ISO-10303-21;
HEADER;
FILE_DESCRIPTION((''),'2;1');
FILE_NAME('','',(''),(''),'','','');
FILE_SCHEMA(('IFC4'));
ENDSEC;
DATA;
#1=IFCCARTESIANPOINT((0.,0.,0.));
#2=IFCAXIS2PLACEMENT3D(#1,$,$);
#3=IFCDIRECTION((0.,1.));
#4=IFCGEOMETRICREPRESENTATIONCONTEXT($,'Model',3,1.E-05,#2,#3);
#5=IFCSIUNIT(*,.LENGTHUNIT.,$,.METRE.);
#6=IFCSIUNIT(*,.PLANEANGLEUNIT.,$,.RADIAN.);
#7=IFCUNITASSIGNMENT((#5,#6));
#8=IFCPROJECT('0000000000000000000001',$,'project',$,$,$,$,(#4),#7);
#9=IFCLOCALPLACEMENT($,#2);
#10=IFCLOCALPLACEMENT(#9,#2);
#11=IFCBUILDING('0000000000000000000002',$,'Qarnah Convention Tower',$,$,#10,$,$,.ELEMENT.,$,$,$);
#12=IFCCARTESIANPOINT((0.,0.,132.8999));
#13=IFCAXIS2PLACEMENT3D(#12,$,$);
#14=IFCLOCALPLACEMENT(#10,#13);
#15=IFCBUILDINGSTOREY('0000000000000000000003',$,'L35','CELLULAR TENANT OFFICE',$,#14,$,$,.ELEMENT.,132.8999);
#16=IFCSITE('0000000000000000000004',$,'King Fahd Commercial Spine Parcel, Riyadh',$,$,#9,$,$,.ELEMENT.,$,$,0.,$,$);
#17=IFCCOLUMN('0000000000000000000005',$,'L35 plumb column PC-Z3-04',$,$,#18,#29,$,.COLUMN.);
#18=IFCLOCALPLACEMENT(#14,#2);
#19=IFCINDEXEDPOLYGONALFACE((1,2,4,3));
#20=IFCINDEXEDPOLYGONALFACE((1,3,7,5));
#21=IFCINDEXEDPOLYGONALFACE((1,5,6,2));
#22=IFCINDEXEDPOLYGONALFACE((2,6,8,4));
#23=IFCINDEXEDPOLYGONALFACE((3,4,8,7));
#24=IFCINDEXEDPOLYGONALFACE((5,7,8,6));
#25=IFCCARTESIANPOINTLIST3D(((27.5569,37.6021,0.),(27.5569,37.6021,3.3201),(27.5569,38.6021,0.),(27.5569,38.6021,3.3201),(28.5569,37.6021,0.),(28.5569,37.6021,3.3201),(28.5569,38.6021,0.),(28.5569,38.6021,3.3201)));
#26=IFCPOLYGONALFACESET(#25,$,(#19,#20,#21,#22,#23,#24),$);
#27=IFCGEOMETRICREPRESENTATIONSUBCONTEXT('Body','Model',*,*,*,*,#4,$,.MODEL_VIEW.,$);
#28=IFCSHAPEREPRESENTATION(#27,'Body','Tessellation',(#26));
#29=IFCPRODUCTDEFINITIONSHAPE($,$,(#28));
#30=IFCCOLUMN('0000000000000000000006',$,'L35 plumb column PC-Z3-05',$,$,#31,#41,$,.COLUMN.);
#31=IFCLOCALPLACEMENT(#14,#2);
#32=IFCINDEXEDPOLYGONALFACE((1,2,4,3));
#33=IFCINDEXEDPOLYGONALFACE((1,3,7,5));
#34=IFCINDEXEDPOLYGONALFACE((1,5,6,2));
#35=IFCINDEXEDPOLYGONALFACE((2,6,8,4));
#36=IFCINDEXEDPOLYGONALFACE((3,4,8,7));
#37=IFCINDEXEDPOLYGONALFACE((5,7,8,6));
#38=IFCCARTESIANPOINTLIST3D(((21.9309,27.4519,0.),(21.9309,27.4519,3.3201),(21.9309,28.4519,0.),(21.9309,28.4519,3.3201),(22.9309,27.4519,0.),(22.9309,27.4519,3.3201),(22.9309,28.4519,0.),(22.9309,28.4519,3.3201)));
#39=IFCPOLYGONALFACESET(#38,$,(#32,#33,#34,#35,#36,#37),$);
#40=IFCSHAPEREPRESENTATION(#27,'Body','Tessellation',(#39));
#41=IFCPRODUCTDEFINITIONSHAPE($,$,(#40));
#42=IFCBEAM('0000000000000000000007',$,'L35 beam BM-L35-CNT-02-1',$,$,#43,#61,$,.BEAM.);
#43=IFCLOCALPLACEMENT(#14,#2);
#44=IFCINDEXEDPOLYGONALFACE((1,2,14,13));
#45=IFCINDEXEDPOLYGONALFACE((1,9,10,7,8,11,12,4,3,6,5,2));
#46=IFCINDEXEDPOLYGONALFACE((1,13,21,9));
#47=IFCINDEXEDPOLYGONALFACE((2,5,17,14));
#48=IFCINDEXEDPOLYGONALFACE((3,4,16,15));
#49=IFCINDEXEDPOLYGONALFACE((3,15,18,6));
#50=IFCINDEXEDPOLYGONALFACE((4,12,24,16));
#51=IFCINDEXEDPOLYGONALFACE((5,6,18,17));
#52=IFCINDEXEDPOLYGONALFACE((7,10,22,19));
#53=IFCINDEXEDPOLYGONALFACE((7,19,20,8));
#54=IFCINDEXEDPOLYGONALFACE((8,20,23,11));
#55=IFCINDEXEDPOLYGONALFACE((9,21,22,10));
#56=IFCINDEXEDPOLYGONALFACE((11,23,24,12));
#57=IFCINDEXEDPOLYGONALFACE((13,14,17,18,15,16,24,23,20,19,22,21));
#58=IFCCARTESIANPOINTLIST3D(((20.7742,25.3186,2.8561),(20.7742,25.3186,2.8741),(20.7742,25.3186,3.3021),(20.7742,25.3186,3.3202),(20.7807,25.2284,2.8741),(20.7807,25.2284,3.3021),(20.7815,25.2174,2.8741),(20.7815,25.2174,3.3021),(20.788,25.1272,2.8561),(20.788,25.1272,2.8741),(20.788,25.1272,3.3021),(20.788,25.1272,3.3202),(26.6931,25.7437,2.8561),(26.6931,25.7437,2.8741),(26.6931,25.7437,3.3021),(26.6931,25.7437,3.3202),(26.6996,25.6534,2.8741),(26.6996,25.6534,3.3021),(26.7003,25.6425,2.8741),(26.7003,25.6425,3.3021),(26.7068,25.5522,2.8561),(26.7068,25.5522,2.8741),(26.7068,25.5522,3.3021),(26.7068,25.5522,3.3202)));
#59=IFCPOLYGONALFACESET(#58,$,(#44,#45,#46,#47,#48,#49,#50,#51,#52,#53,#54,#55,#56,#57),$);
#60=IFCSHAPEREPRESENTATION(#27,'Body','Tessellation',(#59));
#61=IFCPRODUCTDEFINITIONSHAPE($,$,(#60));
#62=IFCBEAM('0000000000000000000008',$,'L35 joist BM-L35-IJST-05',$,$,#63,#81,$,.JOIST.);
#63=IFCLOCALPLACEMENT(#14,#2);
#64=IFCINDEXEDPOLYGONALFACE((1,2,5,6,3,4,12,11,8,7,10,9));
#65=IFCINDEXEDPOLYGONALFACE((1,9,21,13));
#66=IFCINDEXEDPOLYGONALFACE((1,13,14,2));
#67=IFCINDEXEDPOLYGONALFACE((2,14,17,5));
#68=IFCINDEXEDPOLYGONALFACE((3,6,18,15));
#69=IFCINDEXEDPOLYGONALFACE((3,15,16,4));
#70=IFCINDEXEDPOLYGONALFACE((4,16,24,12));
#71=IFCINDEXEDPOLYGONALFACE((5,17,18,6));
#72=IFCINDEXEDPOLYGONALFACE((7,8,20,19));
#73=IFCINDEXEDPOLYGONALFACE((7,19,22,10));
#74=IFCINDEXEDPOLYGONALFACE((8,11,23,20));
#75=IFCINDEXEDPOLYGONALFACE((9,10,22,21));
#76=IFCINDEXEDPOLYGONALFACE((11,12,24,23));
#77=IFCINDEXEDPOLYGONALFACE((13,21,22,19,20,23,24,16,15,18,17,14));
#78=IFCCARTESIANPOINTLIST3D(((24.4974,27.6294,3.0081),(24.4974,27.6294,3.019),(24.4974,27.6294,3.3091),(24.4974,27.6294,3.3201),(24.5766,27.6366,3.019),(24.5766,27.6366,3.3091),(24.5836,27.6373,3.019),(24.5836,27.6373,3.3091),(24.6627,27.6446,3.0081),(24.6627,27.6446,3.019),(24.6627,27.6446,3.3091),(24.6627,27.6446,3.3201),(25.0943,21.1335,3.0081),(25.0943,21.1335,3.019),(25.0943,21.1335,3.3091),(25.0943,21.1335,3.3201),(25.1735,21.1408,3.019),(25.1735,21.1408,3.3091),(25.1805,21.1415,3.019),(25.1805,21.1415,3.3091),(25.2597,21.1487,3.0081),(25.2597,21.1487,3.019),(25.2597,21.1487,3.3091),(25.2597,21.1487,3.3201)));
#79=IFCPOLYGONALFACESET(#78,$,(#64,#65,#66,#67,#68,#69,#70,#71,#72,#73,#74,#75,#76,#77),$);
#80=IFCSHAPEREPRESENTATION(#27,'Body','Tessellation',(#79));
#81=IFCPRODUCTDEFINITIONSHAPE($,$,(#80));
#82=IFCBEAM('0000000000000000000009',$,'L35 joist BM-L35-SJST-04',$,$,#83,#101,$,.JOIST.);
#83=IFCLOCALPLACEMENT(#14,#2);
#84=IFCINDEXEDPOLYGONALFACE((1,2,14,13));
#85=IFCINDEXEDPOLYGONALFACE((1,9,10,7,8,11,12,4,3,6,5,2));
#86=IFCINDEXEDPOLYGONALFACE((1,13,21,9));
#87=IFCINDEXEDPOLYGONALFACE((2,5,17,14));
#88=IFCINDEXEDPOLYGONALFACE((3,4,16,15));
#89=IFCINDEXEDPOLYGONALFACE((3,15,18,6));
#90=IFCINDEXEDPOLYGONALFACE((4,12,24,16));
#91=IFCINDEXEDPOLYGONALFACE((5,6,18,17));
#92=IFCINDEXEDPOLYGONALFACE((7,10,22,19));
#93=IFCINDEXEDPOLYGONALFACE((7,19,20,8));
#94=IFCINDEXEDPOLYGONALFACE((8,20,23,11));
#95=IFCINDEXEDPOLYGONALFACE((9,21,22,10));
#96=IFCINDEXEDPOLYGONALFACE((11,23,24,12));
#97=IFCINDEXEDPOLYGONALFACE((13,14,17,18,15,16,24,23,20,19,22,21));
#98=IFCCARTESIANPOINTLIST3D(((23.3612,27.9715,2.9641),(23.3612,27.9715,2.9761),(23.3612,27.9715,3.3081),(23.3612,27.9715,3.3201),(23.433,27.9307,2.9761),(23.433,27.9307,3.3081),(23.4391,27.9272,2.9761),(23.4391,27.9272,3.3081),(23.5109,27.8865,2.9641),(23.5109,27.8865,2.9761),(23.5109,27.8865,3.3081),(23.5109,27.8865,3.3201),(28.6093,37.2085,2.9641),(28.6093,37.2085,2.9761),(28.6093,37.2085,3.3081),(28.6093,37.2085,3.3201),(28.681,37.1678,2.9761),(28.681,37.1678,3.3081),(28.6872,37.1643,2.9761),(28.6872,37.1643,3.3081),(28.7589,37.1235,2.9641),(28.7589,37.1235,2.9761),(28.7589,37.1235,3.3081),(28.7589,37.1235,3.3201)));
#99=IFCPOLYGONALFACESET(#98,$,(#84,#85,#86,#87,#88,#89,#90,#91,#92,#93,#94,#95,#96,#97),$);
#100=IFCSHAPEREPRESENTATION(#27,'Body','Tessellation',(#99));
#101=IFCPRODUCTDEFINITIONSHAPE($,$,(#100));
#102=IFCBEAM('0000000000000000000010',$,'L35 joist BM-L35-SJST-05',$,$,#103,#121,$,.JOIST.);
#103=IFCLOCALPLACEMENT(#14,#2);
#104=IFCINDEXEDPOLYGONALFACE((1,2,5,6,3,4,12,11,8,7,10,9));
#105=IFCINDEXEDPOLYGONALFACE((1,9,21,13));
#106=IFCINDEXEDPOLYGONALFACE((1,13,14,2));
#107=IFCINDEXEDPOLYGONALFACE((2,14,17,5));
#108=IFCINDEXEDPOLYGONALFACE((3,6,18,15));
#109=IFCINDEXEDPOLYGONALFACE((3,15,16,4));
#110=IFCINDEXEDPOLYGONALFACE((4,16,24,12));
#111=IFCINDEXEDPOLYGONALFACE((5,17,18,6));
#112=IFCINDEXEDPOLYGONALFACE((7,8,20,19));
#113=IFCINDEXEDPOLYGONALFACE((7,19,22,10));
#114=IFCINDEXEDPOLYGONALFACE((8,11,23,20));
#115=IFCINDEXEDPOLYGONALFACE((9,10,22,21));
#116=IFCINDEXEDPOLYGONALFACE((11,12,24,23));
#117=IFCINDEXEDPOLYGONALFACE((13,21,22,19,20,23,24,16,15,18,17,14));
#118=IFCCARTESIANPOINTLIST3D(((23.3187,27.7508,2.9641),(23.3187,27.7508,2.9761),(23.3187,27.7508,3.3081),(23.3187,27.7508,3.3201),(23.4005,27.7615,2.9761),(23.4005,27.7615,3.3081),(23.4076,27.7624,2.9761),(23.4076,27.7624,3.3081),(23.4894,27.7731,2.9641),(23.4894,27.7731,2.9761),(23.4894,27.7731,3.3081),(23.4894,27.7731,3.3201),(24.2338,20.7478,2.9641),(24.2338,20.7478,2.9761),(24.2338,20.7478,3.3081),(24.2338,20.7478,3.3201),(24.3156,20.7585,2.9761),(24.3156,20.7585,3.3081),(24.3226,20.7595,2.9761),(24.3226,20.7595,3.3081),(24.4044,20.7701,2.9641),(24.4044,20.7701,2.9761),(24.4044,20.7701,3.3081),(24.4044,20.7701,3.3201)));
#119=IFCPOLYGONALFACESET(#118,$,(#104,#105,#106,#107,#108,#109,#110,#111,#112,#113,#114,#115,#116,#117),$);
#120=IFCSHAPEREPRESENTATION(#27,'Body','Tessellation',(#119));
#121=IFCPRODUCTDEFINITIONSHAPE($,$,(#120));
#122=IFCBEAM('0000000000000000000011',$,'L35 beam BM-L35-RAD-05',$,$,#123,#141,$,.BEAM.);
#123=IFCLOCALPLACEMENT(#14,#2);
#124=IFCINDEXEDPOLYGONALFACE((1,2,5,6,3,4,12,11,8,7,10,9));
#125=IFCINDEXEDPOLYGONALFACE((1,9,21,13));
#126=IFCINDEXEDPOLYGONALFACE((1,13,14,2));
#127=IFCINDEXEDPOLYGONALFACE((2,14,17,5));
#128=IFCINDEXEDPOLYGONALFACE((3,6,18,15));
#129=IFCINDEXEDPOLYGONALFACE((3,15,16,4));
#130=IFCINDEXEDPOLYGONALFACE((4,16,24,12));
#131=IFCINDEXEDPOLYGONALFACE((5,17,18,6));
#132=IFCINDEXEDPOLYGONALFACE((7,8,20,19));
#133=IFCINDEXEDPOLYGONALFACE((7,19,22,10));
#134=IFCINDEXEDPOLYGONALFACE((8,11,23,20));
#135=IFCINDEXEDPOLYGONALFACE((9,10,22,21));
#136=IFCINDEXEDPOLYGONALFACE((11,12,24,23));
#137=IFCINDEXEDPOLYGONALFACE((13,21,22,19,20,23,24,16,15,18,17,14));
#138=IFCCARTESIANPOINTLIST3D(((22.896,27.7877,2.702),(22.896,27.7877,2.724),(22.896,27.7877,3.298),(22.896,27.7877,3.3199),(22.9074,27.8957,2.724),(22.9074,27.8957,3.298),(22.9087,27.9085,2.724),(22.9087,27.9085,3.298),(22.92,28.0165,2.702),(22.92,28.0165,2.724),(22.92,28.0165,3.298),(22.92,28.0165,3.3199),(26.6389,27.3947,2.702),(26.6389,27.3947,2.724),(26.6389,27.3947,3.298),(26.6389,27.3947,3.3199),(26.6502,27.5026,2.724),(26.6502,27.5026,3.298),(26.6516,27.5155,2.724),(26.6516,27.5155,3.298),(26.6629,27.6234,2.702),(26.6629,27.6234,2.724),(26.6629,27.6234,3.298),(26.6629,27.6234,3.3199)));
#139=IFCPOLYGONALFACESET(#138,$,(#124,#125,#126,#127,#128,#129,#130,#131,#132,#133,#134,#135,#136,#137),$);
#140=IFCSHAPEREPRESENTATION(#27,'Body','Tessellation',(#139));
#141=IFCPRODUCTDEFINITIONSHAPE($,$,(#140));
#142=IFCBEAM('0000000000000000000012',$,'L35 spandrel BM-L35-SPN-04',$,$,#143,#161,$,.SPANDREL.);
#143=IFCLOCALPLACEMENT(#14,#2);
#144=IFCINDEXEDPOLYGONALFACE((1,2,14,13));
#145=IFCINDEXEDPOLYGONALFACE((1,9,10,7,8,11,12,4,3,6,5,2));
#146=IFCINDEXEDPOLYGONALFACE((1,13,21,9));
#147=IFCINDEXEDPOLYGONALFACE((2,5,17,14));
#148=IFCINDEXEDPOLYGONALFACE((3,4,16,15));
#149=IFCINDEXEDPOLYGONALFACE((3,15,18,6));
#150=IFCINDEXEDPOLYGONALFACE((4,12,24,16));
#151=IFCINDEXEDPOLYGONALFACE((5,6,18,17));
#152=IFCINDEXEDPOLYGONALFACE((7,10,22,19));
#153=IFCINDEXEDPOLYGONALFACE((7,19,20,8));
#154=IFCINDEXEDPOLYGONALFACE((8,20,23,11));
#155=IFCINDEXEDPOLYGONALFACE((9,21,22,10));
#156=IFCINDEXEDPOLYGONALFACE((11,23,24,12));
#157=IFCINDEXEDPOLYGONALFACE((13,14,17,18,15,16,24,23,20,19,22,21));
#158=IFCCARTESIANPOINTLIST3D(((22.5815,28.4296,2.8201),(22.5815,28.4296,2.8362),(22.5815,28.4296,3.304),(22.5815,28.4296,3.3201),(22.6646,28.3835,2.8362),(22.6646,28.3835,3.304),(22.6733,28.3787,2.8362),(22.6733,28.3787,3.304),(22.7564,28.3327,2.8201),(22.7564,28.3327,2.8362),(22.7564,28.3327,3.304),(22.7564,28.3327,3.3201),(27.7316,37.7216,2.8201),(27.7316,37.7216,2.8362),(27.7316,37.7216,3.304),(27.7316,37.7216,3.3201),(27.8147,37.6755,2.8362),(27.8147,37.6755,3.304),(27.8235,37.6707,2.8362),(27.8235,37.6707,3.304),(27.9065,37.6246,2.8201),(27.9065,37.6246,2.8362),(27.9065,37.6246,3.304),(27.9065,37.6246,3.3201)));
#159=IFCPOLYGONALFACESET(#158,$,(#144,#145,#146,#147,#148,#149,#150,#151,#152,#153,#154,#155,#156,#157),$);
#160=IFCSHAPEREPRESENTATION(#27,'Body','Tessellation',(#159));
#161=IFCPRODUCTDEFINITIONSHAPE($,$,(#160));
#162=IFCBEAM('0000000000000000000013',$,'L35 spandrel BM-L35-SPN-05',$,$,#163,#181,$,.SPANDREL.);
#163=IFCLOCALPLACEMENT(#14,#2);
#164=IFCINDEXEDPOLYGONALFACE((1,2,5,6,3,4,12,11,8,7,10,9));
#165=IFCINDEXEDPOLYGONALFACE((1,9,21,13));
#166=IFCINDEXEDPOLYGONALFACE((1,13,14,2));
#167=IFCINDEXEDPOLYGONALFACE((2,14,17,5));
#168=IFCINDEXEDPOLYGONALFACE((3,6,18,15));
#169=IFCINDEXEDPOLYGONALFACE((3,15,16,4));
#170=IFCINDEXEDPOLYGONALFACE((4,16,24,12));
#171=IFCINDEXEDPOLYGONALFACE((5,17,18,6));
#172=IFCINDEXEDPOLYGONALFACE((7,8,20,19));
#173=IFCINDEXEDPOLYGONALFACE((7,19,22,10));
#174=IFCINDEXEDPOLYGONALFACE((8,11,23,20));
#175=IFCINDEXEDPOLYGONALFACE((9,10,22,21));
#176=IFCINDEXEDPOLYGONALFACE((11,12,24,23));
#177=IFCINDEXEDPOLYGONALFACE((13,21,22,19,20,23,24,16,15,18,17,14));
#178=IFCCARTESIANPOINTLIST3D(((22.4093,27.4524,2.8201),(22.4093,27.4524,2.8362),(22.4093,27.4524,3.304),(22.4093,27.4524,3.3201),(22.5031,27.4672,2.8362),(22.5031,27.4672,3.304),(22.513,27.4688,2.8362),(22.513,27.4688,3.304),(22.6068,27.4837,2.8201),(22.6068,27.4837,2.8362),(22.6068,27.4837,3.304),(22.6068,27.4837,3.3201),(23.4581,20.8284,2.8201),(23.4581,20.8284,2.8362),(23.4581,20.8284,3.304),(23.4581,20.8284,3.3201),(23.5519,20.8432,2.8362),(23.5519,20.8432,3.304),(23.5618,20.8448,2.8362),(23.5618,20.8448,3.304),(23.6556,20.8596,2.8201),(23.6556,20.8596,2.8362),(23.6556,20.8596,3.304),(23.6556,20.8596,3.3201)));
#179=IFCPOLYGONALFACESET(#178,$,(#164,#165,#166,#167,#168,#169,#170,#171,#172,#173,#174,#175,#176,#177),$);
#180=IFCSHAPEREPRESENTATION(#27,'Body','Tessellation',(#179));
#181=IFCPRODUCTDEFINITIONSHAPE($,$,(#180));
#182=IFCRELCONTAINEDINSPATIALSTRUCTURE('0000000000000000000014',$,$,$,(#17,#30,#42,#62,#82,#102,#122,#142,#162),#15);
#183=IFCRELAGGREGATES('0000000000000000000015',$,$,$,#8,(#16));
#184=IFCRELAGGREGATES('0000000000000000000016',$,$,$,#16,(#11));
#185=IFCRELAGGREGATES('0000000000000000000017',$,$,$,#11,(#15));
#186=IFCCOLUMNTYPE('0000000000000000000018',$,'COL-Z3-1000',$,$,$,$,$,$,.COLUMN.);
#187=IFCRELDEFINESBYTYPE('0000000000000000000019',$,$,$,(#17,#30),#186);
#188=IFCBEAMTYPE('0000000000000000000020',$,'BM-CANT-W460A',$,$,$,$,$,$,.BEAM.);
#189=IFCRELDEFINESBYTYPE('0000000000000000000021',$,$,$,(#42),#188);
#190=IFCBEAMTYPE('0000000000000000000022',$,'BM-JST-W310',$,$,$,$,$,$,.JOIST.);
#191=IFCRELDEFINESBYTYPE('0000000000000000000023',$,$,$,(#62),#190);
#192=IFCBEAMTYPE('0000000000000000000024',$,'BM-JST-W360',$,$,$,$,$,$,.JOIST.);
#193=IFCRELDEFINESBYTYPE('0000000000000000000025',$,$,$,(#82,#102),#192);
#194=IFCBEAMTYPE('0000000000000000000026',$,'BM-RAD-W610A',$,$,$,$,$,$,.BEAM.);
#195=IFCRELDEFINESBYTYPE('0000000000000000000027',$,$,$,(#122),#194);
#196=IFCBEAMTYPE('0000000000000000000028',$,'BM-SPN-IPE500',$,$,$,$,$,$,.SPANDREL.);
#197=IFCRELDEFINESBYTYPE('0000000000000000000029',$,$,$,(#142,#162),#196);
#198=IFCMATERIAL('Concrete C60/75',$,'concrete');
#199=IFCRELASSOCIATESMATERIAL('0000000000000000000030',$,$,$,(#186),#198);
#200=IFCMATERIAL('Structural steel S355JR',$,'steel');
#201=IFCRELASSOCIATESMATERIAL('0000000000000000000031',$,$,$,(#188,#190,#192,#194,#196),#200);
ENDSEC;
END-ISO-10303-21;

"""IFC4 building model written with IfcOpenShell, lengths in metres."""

from ifc_helpers import new_model, si_unit, direction, frame, origin, origin_2d, place, context, subcontext, project, spatial, rectangle, i_section, extrude, material, material_profile, profile_set, type_object, element, save


model = new_model("IFC4")

# Units and contexts
model_context = context("Model", 3, precision=1e-05, world=origin(), true_north=direction((0.0, 1.0)))
body_context = subcontext(model_context, "Body", "Model", "MODEL_VIEW")
ifc_project = project(units=[si_unit("LENGTHUNIT", "METRE"), si_unit("PLANEANGLEUNIT", "RADIAN")], contexts=[model_context])

# Site, building, storey
site_placement = place(None, origin())
site = spatial("IfcSite", under=ifc_project, at=site_placement, Name="King Fahd Commercial Spine Parcel, Riyadh", CompositionType="ELEMENT", RefElevation=0.0)
building_placement = place(site_placement, origin())
building = spatial("IfcBuilding", under=site, at=building_placement, Name="Qarnah Convention Tower", CompositionType="ELEMENT")
storey_placement = place(building_placement, frame((0.0, 0.0, 132.8999)))
storey = spatial("IfcBuildingStorey", under=building, at=storey_placement, Name="L35", Description="CELLULAR TENANT OFFICE", CompositionType="ELEMENT", Elevation=132.8999)

# Columns
ifc_material_1 = material(Name="Concrete C60/75", Category="concrete")
ifc_material_profile_1 = material_profile(ifc_material_1, rectangle(XDim=1.0, YDim=1.0, at=origin_2d()), Name="RC-COL-1000X1000")
ifc_profile_set_1 = profile_set([ifc_material_profile_1], Name="Concrete C60/75")
column_type = type_object("IfcColumnType", Name="COL-Z3-1000", PredefinedType="COLUMN", material=ifc_profile_set_1)
for number, where, z_axis, x_axis, name in (
    (1, (28.0569, 38.1021, 0.0), (0.0, 0.0, 1.0), (1.0, 0.0, 0.0), "L35 plumb column PC-Z3-04"),
    (2, (22.4309, 27.9519, 0.0), (0.0, 0.0, 1.0), (1.0, 0.0, 0.0), "L35 plumb column PC-Z3-05"),
):
    element("IfcColumn", number, at=place(storey_placement, frame(where, z_axis=z_axis, x_axis=x_axis)), inside=storey, type_object=column_type, Name=name, PredefinedType="COLUMN", context=body_context, shape_type="SweptSolid", body=[
        extrude(rectangle(XDim=1.0, YDim=1.0, at=origin_2d()), origin(), (0.0, 0.0, 1.0), 3.3201),
    ])

# Beams
ifc_material_2 = material(Name="Structural steel S355JR", Category="steel")
ifc_material_profile_2 = material_profile(ifc_material_2, i_section(OverallWidth=0.1919, OverallDepth=0.4641, WebThickness=0.011, FlangeThickness=0.0181, at=origin_2d()), Name="W460X89")
ifc_profile_set_2 = profile_set([ifc_material_profile_2], Name="Structural steel S355JR")
beam_type_1 = type_object("IfcBeamType", Name="BM-CANT-W460A", PredefinedType="BEAM", material=ifc_profile_set_2)
beam_1_placement = place(storey_placement, frame((26.7, 25.6479, 3.0881), z_axis=(-0.997431, -0.071627, 0.0), x_axis=(0.071627, -0.997431, 0.0)))
element("IfcBeam", 3, at=beam_1_placement, inside=storey, type_object=beam_type_1, Name="L35 beam BM-L35-CNT-02-1", PredefinedType="BEAM", context=body_context, shape_type="SweptSolid", body=[
    extrude(i_section(OverallWidth=0.1919, OverallDepth=0.4641, WebThickness=0.011, FlangeThickness=0.0181, at=origin_2d()), origin(), (0.0, 0.0, 1.0), 5.9341),
])
ifc_material_profile_3 = material_profile(ifc_material_2, i_section(OverallWidth=0.166, OverallDepth=0.312, WebThickness=0.0071, FlangeThickness=0.011, at=origin_2d()), Name="W310X45")
ifc_profile_set_3 = profile_set([ifc_material_profile_3], Name="Structural steel S355JR")
beam_type_2 = type_object("IfcBeamType", Name="BM-JST-W310", PredefinedType="JOIST", material=ifc_profile_set_3)
beam_2_placement = place(storey_placement, frame((24.5801, 27.637, 3.1641), z_axis=(0.091508, -0.995804, 0.0), x_axis=(0.995804, 0.091508, 0.0)))
element("IfcBeam", 4, at=beam_2_placement, inside=storey, type_object=beam_type_2, Name="L35 joist BM-L35-IJST-05", PredefinedType="JOIST", context=body_context, shape_type="SweptSolid", body=[
    extrude(i_section(OverallWidth=0.166, OverallDepth=0.312, WebThickness=0.0071, FlangeThickness=0.011, at=origin_2d()), origin(), (0.0, 0.0, 1.0), 6.5232),
])
ifc_material_profile_4 = material_profile(ifc_material_2, i_section(OverallWidth=0.1721, OverallDepth=0.356, WebThickness=0.0071, FlangeThickness=0.012, at=origin_2d()), Name="W360X51")
ifc_profile_set_4 = profile_set([ifc_material_profile_4], Name="Structural steel S355JR")
beam_type_3 = type_object("IfcBeamType", Name="BM-JST-W360", PredefinedType="JOIST", material=ifc_profile_set_4)
beam_3_placement = place(storey_placement, frame((28.6841, 37.166, 3.1421), z_axis=(-0.493989, -0.869468, 0.0), x_axis=(0.869468, -0.493989, 0.0)))
element("IfcBeam", 5, at=beam_3_placement, inside=storey, type_object=beam_type_3, Name="L35 joist BM-L35-SJST-04", PredefinedType="JOIST", context=body_context, shape_type="SweptSolid", body=[
    extrude(i_section(OverallWidth=0.1721, OverallDepth=0.356, WebThickness=0.0071, FlangeThickness=0.012, at=origin_2d()), origin(), (0.0, 0.0, 1.0), 10.6238),
])
beam_4_placement = place(storey_placement, frame((23.4041, 27.762, 3.1421), z_axis=(0.129564, -0.991571, 0.0), x_axis=(0.991571, 0.129564, 0.0)))
element("IfcBeam", 6, at=beam_4_placement, inside=storey, type_object=beam_type_3, Name="L35 joist BM-L35-SJST-05", PredefinedType="JOIST", context=body_context, shape_type="SweptSolid", body=[
    extrude(i_section(OverallWidth=0.1721, OverallDepth=0.356, WebThickness=0.0071, FlangeThickness=0.012, at=origin_2d()), origin(), (0.0, 0.0, 1.0), 7.0625),
])
ifc_material_profile_5 = material_profile(ifc_material_2, i_section(OverallWidth=0.23, OverallDepth=0.6179, WebThickness=0.0129, FlangeThickness=0.022, at=origin_2d()), Name="W610X140")
ifc_profile_set_5 = profile_set([ifc_material_profile_5], Name="Structural steel S355JR")
beam_type_4 = type_object("IfcBeamType", Name="BM-RAD-W610A", PredefinedType="BEAM", material=ifc_profile_set_5)
beam_5_placement = place(storey_placement, frame((26.6509, 27.509, 3.011), z_axis=(-0.994531, 0.104442, 0.0), x_axis=(-0.104442, -0.994531, 0.0)))
element("IfcBeam", 7, at=beam_5_placement, inside=storey, type_object=beam_type_4, Name="L35 beam BM-L35-RAD-05", PredefinedType="BEAM", context=body_context, shape_type="SweptSolid", body=[
    extrude(i_section(OverallWidth=0.23, OverallDepth=0.6179, WebThickness=0.0129, FlangeThickness=0.022, at=origin_2d()), origin(), (0.0, 0.0, 1.0), 3.7634),
])
ifc_material_profile_6 = material_profile(ifc_material_2, i_section(OverallWidth=0.2, OverallDepth=0.5, WebThickness=0.01, FlangeThickness=0.0161, at=origin_2d()), Name="IPE500")
ifc_profile_set_6 = profile_set([ifc_material_profile_6], Name="Structural steel S355JR")
beam_type_5 = type_object("IfcBeamType", Name="BM-SPN-IPE500", PredefinedType="SPANDREL", material=ifc_profile_set_6)
beam_6_placement = place(storey_placement, frame((27.8191, 37.6731, 3.0701), z_axis=(-0.484774, -0.874639, 0.0), x_axis=(0.874639, -0.484774, 0.0)))
element("IfcBeam", 8, at=beam_6_placement, inside=storey, type_object=beam_type_5, Name="L35 spandrel BM-L35-SPN-04", PredefinedType="SPANDREL", context=body_context, shape_type="SweptSolid", body=[
    extrude(i_section(OverallWidth=0.2, OverallDepth=0.5, WebThickness=0.01, FlangeThickness=0.0161, at=origin_2d()), origin(), (0.0, 0.0, 1.0), 10.6238),
])
beam_7_placement = place(storey_placement, frame((22.5081, 27.468, 3.0701), z_axis=(0.156389, -0.987696, 0.0), x_axis=(0.987696, 0.156389, 0.0)))
element("IfcBeam", 9, at=beam_7_placement, inside=storey, type_object=beam_type_5, Name="L35 spandrel BM-L35-SPN-05", PredefinedType="SPANDREL", context=body_context, shape_type="SweptSolid", body=[
    extrude(i_section(OverallWidth=0.2, OverallDepth=0.5, WebThickness=0.01, FlangeThickness=0.0161, at=origin_2d()), origin(), (0.0, 0.0, 1.0), 6.7065),
])

save(model, "model.ifc")
